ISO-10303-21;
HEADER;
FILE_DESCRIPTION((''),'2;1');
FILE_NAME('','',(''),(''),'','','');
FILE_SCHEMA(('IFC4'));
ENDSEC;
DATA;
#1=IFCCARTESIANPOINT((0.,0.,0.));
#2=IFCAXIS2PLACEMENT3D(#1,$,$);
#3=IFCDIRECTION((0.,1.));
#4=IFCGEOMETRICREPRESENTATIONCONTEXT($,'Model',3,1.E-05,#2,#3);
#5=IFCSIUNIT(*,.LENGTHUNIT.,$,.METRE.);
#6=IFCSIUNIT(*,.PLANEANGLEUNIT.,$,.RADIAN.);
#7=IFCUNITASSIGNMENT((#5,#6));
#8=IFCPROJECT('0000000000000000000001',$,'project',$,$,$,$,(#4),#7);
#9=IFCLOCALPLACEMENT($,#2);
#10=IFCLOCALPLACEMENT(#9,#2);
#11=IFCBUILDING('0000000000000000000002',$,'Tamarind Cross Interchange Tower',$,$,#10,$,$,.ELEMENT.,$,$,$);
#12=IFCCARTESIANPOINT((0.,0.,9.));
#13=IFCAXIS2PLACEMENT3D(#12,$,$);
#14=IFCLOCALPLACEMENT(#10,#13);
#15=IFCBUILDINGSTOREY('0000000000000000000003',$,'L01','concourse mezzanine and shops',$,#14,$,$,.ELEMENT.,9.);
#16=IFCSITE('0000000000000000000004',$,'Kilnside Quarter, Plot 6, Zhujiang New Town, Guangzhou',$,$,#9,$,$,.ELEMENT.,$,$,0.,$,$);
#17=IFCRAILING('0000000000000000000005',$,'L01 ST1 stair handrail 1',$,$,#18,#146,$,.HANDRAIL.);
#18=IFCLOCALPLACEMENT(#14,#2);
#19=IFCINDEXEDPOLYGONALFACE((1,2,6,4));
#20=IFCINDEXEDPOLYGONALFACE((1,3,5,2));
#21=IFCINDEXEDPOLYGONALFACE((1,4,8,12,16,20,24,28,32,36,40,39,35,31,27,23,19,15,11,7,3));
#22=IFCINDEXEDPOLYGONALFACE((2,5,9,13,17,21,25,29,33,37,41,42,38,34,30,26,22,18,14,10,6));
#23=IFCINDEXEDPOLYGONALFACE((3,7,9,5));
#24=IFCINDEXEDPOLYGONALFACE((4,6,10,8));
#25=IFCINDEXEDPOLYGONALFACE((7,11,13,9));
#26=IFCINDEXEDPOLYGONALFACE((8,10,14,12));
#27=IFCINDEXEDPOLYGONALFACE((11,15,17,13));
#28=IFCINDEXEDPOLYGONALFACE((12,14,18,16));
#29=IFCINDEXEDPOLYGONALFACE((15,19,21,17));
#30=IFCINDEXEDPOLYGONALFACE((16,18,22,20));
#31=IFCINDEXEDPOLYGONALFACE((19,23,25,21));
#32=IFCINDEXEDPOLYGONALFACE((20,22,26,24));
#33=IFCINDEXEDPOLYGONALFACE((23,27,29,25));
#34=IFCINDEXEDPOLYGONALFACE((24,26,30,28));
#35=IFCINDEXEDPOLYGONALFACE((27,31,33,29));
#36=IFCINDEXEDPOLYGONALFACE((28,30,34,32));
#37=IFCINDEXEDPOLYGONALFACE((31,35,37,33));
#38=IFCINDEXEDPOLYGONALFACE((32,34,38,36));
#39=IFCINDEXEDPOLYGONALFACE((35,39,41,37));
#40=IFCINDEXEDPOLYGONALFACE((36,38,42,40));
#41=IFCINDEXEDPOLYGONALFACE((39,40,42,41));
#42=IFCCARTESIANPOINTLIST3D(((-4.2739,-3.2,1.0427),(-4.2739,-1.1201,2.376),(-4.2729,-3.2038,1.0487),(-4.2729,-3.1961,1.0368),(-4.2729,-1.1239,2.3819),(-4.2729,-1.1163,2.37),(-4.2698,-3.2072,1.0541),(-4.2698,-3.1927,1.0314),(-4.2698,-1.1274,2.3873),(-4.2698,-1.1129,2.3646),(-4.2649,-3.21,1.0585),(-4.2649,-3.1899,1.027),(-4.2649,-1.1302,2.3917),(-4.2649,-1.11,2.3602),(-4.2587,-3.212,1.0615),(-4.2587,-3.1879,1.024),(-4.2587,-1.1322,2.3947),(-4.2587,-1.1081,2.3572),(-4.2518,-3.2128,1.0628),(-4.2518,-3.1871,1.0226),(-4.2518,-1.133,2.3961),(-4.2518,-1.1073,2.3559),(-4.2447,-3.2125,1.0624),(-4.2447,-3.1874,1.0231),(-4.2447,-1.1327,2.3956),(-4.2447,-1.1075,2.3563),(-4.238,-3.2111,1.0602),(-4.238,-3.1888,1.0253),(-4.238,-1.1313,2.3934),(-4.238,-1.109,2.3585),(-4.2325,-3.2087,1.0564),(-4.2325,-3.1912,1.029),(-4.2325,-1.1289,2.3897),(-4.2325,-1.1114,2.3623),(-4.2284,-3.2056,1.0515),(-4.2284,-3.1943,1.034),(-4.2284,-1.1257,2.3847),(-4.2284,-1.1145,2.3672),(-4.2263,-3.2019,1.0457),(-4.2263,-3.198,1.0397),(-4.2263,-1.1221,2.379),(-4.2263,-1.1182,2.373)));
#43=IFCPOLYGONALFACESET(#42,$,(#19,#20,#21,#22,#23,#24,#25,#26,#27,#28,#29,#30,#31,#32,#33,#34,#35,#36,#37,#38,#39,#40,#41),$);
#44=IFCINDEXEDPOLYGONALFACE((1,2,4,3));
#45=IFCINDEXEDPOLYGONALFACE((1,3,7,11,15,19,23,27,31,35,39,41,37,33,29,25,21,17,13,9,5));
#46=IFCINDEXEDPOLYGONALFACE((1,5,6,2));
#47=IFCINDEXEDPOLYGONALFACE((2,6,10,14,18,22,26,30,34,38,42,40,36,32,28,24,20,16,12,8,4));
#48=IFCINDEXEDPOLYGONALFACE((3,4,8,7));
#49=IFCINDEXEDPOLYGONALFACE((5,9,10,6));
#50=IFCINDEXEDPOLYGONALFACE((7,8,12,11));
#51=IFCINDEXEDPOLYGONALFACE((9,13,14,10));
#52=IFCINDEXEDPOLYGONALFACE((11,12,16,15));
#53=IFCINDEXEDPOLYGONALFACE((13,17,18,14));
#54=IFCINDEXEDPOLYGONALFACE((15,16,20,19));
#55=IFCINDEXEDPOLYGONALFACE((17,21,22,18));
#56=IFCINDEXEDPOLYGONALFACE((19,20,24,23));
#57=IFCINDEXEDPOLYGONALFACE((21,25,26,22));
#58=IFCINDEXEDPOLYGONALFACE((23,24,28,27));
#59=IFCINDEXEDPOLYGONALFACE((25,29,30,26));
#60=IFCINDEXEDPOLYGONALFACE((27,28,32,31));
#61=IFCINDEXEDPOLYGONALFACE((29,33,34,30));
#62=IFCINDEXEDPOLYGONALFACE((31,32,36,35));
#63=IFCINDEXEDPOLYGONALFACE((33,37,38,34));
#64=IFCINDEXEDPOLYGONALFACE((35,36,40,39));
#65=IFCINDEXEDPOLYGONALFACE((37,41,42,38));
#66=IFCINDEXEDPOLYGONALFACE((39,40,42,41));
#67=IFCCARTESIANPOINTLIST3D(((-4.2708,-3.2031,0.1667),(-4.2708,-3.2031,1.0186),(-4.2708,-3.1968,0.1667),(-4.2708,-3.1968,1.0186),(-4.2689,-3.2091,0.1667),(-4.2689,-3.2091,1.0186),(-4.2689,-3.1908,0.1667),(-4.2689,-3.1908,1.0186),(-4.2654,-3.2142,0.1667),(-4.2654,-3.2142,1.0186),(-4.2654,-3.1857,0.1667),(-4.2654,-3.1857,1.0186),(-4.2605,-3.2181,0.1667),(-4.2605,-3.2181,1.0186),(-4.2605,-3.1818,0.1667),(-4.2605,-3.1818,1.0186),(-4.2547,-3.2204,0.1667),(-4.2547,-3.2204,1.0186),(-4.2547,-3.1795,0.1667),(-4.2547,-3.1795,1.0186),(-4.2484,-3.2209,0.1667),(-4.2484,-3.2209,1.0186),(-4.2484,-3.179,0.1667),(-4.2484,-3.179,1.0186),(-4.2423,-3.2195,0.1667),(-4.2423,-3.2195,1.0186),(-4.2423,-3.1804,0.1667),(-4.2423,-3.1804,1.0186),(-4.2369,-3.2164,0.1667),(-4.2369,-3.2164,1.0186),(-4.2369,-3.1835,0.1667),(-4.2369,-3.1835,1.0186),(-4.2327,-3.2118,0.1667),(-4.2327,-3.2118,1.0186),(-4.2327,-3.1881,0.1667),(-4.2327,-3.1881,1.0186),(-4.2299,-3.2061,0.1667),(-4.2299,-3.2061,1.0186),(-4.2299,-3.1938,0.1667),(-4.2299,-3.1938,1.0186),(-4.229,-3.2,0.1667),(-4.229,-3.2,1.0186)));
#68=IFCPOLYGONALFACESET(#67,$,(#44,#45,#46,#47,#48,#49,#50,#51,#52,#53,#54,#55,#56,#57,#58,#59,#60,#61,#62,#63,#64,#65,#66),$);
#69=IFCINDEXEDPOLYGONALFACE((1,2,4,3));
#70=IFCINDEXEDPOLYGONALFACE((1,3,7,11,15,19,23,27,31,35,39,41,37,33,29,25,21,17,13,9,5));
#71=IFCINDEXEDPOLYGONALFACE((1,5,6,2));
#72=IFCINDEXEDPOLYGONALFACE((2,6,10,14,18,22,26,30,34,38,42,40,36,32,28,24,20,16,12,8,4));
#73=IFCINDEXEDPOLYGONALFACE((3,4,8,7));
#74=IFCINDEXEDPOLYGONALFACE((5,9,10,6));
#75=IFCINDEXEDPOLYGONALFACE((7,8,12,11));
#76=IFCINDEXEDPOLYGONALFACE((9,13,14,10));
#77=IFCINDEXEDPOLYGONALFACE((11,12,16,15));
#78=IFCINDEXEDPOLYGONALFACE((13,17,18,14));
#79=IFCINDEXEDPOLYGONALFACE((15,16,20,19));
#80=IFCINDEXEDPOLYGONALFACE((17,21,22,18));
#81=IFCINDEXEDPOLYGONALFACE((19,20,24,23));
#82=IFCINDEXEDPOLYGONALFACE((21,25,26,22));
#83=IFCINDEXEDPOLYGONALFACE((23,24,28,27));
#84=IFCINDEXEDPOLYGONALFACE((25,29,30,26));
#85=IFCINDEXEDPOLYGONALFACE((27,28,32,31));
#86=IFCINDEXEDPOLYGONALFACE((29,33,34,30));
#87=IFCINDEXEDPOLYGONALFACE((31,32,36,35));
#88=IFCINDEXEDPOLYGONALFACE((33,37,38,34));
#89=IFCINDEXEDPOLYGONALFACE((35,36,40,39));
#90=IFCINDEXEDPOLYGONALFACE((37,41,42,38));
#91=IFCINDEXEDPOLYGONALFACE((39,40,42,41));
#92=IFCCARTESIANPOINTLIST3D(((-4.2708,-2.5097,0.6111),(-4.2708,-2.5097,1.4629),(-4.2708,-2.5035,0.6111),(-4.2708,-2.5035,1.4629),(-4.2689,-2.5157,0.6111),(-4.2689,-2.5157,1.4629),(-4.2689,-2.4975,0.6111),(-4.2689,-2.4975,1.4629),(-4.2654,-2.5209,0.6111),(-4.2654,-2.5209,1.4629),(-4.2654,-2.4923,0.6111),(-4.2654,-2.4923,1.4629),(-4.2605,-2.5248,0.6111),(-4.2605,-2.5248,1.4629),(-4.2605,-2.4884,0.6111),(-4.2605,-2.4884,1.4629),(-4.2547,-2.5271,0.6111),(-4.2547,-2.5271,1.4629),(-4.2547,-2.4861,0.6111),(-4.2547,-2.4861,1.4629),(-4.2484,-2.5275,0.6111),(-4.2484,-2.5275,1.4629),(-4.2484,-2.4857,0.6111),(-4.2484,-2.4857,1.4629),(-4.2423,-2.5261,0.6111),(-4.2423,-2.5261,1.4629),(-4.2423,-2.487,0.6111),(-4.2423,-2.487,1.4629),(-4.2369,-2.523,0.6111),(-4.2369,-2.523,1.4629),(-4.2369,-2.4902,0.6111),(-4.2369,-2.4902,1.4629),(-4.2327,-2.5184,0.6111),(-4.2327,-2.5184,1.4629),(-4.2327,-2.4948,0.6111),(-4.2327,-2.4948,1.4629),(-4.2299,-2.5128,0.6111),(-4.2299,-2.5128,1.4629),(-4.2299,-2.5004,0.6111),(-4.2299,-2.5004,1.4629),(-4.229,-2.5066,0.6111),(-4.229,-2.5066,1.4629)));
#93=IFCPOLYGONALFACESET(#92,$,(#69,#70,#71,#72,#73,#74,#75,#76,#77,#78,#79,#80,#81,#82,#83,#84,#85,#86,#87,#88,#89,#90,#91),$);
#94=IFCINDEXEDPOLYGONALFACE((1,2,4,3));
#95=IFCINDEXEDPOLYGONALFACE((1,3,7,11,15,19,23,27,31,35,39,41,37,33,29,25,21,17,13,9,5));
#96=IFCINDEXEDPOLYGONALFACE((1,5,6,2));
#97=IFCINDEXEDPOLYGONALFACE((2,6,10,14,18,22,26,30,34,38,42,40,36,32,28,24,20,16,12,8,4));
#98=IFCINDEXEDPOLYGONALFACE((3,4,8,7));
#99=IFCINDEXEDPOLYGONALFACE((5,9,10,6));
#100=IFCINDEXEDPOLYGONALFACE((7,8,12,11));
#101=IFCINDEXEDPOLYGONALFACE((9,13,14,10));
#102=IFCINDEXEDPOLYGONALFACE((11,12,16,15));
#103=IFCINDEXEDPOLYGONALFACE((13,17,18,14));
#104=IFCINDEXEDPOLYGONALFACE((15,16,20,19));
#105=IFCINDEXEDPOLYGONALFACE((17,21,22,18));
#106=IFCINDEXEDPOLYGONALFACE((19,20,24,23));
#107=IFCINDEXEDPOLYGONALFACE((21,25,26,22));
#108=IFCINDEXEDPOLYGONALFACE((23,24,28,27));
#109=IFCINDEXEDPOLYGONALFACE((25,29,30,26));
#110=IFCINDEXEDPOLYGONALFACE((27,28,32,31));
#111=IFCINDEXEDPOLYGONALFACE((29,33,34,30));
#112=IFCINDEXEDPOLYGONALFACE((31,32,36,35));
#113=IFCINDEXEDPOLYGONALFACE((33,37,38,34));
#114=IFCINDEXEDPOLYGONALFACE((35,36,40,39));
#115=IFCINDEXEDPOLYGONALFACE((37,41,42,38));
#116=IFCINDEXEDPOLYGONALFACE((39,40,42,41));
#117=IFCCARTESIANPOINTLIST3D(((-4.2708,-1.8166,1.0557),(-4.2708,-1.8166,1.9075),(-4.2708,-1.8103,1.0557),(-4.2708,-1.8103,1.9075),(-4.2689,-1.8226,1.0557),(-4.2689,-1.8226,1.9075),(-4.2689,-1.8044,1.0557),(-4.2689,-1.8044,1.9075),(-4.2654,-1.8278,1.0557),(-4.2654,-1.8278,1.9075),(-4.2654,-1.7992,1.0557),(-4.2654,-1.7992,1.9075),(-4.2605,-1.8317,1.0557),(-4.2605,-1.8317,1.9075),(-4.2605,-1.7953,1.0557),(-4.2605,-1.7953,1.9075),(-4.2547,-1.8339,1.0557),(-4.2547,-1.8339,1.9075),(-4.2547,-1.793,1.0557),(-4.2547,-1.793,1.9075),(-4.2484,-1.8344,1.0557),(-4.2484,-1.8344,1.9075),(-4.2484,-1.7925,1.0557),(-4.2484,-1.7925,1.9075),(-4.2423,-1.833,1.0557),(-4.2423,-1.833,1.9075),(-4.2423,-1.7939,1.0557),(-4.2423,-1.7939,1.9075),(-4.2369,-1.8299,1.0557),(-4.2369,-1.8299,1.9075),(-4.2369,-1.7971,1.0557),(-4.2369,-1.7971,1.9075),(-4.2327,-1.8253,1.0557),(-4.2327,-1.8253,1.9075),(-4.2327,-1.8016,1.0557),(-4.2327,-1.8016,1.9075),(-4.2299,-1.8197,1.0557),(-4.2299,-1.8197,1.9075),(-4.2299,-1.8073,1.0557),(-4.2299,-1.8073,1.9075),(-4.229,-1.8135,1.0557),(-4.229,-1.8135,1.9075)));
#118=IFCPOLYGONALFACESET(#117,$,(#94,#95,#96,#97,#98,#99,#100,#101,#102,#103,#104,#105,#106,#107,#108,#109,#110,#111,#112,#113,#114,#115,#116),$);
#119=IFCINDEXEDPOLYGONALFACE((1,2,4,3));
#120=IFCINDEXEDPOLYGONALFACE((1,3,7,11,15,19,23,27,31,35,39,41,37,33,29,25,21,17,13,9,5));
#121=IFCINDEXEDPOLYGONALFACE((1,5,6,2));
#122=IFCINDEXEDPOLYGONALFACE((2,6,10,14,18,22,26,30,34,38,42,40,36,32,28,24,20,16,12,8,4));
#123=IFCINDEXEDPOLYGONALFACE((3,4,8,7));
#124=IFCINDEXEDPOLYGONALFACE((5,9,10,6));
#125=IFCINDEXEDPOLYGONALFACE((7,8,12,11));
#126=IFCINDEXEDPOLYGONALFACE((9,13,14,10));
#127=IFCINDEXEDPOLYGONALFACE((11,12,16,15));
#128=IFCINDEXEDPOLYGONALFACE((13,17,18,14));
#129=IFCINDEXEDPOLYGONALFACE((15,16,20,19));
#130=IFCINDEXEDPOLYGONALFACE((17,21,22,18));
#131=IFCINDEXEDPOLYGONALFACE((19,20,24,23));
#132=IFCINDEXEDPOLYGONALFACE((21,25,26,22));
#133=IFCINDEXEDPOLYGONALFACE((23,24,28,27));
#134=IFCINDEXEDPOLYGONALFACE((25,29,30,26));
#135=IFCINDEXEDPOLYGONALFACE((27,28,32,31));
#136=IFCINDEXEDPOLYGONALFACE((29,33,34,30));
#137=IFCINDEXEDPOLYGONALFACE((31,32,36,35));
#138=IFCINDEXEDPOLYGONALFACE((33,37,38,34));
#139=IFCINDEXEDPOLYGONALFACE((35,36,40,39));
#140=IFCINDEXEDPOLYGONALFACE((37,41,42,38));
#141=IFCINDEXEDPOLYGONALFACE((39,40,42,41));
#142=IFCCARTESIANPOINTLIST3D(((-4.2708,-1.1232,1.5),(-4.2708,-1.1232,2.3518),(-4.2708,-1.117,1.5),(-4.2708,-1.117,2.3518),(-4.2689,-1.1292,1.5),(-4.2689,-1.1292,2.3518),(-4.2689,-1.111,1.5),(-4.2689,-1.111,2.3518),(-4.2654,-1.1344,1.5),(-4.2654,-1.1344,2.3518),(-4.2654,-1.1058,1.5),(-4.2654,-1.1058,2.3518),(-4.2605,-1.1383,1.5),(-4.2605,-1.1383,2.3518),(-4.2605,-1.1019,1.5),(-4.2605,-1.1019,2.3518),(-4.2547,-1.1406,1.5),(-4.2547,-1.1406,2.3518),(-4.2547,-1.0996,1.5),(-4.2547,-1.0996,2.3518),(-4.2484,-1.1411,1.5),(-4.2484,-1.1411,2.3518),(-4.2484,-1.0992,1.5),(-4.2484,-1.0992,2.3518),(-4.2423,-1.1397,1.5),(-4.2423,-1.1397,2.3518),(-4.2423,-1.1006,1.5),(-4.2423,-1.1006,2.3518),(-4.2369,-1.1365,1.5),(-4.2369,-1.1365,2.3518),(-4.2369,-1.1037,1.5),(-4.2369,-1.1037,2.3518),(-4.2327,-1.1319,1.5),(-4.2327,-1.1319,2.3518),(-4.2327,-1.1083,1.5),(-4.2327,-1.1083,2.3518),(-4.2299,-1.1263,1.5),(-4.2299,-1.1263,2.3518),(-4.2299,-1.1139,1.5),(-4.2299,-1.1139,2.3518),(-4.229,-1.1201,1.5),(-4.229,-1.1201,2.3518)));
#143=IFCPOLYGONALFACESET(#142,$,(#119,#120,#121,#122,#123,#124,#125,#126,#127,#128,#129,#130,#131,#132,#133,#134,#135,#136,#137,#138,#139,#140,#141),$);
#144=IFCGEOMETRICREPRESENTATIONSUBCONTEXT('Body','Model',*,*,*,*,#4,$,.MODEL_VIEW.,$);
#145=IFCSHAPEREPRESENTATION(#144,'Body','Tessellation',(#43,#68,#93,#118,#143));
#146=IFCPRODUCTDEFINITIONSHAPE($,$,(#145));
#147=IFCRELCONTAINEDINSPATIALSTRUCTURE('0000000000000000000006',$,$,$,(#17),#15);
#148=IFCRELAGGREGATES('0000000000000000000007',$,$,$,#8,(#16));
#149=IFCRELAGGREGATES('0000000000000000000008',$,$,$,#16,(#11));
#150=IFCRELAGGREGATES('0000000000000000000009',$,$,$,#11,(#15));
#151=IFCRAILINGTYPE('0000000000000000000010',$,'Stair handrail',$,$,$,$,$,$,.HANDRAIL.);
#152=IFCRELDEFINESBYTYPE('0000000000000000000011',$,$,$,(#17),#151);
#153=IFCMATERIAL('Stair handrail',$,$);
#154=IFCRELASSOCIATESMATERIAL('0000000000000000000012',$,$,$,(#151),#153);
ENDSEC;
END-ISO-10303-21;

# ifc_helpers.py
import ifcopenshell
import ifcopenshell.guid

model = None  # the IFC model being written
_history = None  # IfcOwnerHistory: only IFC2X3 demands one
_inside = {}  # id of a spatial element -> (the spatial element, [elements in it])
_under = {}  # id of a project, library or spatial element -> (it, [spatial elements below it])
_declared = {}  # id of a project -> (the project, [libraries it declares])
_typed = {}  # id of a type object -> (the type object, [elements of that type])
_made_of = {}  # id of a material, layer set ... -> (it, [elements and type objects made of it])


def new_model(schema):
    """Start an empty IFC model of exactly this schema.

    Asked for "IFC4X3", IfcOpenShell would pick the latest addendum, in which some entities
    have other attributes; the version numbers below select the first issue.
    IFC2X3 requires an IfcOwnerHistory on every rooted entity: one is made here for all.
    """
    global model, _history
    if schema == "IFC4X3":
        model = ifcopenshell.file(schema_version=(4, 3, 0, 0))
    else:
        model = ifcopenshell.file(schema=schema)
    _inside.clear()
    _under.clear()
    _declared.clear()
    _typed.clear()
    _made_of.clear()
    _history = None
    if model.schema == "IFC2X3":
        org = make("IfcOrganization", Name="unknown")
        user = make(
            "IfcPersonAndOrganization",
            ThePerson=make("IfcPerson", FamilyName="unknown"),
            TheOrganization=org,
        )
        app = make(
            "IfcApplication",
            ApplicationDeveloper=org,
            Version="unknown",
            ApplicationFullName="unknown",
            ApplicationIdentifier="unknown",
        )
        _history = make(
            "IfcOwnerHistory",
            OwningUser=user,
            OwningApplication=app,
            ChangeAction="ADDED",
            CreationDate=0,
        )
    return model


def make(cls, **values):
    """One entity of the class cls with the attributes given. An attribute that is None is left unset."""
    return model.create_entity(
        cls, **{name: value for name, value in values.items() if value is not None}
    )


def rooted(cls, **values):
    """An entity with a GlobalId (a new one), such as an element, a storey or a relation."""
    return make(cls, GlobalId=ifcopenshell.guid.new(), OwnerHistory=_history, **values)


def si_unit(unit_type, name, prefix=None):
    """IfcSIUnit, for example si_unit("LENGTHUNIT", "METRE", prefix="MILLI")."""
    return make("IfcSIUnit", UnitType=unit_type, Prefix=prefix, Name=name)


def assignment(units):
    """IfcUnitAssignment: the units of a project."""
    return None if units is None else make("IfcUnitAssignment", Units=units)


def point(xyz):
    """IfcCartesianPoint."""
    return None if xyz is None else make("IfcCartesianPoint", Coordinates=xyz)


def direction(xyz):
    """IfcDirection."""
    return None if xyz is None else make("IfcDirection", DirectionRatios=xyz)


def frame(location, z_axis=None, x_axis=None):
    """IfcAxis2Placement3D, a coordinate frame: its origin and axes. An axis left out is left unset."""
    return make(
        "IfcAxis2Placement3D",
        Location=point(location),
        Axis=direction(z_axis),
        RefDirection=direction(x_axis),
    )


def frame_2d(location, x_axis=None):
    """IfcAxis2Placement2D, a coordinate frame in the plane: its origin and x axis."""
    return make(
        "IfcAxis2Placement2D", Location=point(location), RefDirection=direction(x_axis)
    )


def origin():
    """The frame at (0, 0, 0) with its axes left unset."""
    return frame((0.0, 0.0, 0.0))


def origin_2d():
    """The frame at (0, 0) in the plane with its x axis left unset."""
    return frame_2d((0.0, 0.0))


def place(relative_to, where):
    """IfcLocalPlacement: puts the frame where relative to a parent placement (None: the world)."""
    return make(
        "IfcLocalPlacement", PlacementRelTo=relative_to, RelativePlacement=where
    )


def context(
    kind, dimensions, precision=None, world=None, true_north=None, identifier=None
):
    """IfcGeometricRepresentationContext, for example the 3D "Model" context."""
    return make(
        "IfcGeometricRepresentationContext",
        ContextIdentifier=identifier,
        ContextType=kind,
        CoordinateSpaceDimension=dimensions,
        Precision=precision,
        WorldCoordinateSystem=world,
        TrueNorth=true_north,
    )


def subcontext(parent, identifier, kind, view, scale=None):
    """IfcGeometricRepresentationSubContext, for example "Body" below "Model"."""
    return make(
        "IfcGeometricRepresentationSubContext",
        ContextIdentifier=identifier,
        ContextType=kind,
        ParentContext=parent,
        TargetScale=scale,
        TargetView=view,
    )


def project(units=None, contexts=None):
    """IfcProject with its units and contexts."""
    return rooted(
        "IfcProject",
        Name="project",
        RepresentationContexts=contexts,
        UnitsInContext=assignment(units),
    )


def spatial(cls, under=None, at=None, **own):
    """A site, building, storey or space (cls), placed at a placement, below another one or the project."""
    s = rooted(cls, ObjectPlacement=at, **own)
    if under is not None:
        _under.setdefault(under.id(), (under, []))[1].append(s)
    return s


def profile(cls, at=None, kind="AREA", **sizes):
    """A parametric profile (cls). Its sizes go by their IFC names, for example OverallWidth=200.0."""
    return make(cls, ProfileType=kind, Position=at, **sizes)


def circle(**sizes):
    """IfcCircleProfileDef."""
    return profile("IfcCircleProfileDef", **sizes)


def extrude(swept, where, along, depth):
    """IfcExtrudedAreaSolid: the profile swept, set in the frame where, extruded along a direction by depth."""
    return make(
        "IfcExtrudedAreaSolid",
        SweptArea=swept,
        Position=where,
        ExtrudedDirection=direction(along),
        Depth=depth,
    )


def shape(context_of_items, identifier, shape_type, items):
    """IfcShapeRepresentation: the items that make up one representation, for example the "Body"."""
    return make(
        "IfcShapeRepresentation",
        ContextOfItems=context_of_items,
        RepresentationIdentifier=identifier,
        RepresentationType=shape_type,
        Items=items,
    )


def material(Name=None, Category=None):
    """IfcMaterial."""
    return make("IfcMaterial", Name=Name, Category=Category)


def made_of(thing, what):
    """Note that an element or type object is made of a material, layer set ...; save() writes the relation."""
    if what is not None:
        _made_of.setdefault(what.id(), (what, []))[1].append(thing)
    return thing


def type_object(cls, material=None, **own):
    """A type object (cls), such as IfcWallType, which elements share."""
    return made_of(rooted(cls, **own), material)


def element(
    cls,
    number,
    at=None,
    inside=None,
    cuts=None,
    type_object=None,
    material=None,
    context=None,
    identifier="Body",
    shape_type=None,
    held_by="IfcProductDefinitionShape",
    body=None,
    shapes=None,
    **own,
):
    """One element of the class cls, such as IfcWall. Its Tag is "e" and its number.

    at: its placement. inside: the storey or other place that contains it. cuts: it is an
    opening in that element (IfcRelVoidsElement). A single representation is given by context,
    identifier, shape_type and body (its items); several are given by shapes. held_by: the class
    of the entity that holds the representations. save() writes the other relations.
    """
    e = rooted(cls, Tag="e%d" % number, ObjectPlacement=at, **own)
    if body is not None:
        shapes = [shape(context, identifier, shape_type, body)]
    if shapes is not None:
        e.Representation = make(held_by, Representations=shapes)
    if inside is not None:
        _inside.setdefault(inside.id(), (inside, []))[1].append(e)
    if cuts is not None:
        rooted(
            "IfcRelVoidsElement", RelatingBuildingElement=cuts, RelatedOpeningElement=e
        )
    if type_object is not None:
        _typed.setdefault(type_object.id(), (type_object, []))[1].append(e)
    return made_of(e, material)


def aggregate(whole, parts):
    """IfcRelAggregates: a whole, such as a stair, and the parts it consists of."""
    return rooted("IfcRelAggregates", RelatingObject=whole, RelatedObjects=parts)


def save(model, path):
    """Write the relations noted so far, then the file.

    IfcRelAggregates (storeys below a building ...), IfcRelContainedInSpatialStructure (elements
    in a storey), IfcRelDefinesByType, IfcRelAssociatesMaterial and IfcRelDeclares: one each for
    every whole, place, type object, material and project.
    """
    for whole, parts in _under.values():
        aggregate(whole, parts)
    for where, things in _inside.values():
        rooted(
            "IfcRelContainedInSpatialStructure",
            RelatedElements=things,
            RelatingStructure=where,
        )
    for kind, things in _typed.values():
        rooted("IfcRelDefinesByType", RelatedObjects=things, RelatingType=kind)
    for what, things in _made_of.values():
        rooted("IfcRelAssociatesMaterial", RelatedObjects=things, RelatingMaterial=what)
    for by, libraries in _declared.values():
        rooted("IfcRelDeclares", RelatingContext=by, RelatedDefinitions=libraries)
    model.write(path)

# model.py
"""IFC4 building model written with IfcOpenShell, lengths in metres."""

from ifc_helpers import new_model, si_unit, direction, frame, origin, origin_2d, place, context, subcontext, project, spatial, circle, extrude, material, type_object, element, save


model = new_model("IFC4")

# Units and contexts
model_context = context("Model", 3, precision=1e-05, world=origin(), true_north=direction((0.0, 1.0)))
body_context = subcontext(model_context, "Body", "Model", "MODEL_VIEW")
ifc_project = project(units=[si_unit("LENGTHUNIT", "METRE"), si_unit("PLANEANGLEUNIT", "RADIAN")], contexts=[model_context])

# Site, building, storey
site_placement = place(None, origin())
site = spatial("IfcSite", under=ifc_project, at=site_placement, Name="Kilnside Quarter, Plot 6, Zhujiang New Town, Guangzhou", CompositionType="ELEMENT", RefElevation=0.0)
building_placement = place(site_placement, origin())
building = spatial("IfcBuilding", under=site, at=building_placement, Name="Tamarind Cross Interchange Tower", CompositionType="ELEMENT")
storey_placement = place(building_placement, frame((0.0, 0.0, 9.0)))
storey = spatial("IfcBuildingStorey", under=building, at=storey_placement, Name="L01", Description="concourse mezzanine and shops", CompositionType="ELEMENT", Elevation=9.0)

# Railing
ifc_material_1 = material(Name="Stair handrail")
railing_type_1 = type_object("IfcRailingType", Name="Stair handrail", PredefinedType="HANDRAIL", material=ifc_material_1)
for number, where, name in (
    (1, (-4.25, -3.2, 0.1667), "L01 ST1 stair handrail 1"),
):
    element("IfcRailing", number, at=place(storey_placement, frame(where)), inside=storey, type_object=railing_type_1, Name=name, PredefinedType="HANDRAIL", context=body_context, shape_type="SweptSolid", body=[
        extrude(circle(Radius=0.0239, at=origin_2d()), frame((0.0, 0.0, 0.876), z_axis=(0.0, 0.841875, 0.539673), x_axis=(-1.0, 0.0, 0.0)), (0.0, 0.0, 1.0), 2.4705),
        extrude(circle(Radius=0.021, at=origin_2d()), origin(), (0.0, 0.0, 1.0), 0.8518),
        extrude(circle(Radius=0.021, at=origin_2d()), frame((0.0, 0.6934, 0.4443)), (0.0, 0.0, 1.0), 0.8518),
        extrude(circle(Radius=0.021, at=origin_2d()), frame((0.0, 1.3865, 0.8889)), (0.0, 0.0, 1.0), 0.8518),
        extrude(circle(Radius=0.021, at=origin_2d()), frame((0.0, 2.0798, 1.3333)), (0.0, 0.0, 1.0), 0.8518),
    ])

save(model, "model.ifc")
